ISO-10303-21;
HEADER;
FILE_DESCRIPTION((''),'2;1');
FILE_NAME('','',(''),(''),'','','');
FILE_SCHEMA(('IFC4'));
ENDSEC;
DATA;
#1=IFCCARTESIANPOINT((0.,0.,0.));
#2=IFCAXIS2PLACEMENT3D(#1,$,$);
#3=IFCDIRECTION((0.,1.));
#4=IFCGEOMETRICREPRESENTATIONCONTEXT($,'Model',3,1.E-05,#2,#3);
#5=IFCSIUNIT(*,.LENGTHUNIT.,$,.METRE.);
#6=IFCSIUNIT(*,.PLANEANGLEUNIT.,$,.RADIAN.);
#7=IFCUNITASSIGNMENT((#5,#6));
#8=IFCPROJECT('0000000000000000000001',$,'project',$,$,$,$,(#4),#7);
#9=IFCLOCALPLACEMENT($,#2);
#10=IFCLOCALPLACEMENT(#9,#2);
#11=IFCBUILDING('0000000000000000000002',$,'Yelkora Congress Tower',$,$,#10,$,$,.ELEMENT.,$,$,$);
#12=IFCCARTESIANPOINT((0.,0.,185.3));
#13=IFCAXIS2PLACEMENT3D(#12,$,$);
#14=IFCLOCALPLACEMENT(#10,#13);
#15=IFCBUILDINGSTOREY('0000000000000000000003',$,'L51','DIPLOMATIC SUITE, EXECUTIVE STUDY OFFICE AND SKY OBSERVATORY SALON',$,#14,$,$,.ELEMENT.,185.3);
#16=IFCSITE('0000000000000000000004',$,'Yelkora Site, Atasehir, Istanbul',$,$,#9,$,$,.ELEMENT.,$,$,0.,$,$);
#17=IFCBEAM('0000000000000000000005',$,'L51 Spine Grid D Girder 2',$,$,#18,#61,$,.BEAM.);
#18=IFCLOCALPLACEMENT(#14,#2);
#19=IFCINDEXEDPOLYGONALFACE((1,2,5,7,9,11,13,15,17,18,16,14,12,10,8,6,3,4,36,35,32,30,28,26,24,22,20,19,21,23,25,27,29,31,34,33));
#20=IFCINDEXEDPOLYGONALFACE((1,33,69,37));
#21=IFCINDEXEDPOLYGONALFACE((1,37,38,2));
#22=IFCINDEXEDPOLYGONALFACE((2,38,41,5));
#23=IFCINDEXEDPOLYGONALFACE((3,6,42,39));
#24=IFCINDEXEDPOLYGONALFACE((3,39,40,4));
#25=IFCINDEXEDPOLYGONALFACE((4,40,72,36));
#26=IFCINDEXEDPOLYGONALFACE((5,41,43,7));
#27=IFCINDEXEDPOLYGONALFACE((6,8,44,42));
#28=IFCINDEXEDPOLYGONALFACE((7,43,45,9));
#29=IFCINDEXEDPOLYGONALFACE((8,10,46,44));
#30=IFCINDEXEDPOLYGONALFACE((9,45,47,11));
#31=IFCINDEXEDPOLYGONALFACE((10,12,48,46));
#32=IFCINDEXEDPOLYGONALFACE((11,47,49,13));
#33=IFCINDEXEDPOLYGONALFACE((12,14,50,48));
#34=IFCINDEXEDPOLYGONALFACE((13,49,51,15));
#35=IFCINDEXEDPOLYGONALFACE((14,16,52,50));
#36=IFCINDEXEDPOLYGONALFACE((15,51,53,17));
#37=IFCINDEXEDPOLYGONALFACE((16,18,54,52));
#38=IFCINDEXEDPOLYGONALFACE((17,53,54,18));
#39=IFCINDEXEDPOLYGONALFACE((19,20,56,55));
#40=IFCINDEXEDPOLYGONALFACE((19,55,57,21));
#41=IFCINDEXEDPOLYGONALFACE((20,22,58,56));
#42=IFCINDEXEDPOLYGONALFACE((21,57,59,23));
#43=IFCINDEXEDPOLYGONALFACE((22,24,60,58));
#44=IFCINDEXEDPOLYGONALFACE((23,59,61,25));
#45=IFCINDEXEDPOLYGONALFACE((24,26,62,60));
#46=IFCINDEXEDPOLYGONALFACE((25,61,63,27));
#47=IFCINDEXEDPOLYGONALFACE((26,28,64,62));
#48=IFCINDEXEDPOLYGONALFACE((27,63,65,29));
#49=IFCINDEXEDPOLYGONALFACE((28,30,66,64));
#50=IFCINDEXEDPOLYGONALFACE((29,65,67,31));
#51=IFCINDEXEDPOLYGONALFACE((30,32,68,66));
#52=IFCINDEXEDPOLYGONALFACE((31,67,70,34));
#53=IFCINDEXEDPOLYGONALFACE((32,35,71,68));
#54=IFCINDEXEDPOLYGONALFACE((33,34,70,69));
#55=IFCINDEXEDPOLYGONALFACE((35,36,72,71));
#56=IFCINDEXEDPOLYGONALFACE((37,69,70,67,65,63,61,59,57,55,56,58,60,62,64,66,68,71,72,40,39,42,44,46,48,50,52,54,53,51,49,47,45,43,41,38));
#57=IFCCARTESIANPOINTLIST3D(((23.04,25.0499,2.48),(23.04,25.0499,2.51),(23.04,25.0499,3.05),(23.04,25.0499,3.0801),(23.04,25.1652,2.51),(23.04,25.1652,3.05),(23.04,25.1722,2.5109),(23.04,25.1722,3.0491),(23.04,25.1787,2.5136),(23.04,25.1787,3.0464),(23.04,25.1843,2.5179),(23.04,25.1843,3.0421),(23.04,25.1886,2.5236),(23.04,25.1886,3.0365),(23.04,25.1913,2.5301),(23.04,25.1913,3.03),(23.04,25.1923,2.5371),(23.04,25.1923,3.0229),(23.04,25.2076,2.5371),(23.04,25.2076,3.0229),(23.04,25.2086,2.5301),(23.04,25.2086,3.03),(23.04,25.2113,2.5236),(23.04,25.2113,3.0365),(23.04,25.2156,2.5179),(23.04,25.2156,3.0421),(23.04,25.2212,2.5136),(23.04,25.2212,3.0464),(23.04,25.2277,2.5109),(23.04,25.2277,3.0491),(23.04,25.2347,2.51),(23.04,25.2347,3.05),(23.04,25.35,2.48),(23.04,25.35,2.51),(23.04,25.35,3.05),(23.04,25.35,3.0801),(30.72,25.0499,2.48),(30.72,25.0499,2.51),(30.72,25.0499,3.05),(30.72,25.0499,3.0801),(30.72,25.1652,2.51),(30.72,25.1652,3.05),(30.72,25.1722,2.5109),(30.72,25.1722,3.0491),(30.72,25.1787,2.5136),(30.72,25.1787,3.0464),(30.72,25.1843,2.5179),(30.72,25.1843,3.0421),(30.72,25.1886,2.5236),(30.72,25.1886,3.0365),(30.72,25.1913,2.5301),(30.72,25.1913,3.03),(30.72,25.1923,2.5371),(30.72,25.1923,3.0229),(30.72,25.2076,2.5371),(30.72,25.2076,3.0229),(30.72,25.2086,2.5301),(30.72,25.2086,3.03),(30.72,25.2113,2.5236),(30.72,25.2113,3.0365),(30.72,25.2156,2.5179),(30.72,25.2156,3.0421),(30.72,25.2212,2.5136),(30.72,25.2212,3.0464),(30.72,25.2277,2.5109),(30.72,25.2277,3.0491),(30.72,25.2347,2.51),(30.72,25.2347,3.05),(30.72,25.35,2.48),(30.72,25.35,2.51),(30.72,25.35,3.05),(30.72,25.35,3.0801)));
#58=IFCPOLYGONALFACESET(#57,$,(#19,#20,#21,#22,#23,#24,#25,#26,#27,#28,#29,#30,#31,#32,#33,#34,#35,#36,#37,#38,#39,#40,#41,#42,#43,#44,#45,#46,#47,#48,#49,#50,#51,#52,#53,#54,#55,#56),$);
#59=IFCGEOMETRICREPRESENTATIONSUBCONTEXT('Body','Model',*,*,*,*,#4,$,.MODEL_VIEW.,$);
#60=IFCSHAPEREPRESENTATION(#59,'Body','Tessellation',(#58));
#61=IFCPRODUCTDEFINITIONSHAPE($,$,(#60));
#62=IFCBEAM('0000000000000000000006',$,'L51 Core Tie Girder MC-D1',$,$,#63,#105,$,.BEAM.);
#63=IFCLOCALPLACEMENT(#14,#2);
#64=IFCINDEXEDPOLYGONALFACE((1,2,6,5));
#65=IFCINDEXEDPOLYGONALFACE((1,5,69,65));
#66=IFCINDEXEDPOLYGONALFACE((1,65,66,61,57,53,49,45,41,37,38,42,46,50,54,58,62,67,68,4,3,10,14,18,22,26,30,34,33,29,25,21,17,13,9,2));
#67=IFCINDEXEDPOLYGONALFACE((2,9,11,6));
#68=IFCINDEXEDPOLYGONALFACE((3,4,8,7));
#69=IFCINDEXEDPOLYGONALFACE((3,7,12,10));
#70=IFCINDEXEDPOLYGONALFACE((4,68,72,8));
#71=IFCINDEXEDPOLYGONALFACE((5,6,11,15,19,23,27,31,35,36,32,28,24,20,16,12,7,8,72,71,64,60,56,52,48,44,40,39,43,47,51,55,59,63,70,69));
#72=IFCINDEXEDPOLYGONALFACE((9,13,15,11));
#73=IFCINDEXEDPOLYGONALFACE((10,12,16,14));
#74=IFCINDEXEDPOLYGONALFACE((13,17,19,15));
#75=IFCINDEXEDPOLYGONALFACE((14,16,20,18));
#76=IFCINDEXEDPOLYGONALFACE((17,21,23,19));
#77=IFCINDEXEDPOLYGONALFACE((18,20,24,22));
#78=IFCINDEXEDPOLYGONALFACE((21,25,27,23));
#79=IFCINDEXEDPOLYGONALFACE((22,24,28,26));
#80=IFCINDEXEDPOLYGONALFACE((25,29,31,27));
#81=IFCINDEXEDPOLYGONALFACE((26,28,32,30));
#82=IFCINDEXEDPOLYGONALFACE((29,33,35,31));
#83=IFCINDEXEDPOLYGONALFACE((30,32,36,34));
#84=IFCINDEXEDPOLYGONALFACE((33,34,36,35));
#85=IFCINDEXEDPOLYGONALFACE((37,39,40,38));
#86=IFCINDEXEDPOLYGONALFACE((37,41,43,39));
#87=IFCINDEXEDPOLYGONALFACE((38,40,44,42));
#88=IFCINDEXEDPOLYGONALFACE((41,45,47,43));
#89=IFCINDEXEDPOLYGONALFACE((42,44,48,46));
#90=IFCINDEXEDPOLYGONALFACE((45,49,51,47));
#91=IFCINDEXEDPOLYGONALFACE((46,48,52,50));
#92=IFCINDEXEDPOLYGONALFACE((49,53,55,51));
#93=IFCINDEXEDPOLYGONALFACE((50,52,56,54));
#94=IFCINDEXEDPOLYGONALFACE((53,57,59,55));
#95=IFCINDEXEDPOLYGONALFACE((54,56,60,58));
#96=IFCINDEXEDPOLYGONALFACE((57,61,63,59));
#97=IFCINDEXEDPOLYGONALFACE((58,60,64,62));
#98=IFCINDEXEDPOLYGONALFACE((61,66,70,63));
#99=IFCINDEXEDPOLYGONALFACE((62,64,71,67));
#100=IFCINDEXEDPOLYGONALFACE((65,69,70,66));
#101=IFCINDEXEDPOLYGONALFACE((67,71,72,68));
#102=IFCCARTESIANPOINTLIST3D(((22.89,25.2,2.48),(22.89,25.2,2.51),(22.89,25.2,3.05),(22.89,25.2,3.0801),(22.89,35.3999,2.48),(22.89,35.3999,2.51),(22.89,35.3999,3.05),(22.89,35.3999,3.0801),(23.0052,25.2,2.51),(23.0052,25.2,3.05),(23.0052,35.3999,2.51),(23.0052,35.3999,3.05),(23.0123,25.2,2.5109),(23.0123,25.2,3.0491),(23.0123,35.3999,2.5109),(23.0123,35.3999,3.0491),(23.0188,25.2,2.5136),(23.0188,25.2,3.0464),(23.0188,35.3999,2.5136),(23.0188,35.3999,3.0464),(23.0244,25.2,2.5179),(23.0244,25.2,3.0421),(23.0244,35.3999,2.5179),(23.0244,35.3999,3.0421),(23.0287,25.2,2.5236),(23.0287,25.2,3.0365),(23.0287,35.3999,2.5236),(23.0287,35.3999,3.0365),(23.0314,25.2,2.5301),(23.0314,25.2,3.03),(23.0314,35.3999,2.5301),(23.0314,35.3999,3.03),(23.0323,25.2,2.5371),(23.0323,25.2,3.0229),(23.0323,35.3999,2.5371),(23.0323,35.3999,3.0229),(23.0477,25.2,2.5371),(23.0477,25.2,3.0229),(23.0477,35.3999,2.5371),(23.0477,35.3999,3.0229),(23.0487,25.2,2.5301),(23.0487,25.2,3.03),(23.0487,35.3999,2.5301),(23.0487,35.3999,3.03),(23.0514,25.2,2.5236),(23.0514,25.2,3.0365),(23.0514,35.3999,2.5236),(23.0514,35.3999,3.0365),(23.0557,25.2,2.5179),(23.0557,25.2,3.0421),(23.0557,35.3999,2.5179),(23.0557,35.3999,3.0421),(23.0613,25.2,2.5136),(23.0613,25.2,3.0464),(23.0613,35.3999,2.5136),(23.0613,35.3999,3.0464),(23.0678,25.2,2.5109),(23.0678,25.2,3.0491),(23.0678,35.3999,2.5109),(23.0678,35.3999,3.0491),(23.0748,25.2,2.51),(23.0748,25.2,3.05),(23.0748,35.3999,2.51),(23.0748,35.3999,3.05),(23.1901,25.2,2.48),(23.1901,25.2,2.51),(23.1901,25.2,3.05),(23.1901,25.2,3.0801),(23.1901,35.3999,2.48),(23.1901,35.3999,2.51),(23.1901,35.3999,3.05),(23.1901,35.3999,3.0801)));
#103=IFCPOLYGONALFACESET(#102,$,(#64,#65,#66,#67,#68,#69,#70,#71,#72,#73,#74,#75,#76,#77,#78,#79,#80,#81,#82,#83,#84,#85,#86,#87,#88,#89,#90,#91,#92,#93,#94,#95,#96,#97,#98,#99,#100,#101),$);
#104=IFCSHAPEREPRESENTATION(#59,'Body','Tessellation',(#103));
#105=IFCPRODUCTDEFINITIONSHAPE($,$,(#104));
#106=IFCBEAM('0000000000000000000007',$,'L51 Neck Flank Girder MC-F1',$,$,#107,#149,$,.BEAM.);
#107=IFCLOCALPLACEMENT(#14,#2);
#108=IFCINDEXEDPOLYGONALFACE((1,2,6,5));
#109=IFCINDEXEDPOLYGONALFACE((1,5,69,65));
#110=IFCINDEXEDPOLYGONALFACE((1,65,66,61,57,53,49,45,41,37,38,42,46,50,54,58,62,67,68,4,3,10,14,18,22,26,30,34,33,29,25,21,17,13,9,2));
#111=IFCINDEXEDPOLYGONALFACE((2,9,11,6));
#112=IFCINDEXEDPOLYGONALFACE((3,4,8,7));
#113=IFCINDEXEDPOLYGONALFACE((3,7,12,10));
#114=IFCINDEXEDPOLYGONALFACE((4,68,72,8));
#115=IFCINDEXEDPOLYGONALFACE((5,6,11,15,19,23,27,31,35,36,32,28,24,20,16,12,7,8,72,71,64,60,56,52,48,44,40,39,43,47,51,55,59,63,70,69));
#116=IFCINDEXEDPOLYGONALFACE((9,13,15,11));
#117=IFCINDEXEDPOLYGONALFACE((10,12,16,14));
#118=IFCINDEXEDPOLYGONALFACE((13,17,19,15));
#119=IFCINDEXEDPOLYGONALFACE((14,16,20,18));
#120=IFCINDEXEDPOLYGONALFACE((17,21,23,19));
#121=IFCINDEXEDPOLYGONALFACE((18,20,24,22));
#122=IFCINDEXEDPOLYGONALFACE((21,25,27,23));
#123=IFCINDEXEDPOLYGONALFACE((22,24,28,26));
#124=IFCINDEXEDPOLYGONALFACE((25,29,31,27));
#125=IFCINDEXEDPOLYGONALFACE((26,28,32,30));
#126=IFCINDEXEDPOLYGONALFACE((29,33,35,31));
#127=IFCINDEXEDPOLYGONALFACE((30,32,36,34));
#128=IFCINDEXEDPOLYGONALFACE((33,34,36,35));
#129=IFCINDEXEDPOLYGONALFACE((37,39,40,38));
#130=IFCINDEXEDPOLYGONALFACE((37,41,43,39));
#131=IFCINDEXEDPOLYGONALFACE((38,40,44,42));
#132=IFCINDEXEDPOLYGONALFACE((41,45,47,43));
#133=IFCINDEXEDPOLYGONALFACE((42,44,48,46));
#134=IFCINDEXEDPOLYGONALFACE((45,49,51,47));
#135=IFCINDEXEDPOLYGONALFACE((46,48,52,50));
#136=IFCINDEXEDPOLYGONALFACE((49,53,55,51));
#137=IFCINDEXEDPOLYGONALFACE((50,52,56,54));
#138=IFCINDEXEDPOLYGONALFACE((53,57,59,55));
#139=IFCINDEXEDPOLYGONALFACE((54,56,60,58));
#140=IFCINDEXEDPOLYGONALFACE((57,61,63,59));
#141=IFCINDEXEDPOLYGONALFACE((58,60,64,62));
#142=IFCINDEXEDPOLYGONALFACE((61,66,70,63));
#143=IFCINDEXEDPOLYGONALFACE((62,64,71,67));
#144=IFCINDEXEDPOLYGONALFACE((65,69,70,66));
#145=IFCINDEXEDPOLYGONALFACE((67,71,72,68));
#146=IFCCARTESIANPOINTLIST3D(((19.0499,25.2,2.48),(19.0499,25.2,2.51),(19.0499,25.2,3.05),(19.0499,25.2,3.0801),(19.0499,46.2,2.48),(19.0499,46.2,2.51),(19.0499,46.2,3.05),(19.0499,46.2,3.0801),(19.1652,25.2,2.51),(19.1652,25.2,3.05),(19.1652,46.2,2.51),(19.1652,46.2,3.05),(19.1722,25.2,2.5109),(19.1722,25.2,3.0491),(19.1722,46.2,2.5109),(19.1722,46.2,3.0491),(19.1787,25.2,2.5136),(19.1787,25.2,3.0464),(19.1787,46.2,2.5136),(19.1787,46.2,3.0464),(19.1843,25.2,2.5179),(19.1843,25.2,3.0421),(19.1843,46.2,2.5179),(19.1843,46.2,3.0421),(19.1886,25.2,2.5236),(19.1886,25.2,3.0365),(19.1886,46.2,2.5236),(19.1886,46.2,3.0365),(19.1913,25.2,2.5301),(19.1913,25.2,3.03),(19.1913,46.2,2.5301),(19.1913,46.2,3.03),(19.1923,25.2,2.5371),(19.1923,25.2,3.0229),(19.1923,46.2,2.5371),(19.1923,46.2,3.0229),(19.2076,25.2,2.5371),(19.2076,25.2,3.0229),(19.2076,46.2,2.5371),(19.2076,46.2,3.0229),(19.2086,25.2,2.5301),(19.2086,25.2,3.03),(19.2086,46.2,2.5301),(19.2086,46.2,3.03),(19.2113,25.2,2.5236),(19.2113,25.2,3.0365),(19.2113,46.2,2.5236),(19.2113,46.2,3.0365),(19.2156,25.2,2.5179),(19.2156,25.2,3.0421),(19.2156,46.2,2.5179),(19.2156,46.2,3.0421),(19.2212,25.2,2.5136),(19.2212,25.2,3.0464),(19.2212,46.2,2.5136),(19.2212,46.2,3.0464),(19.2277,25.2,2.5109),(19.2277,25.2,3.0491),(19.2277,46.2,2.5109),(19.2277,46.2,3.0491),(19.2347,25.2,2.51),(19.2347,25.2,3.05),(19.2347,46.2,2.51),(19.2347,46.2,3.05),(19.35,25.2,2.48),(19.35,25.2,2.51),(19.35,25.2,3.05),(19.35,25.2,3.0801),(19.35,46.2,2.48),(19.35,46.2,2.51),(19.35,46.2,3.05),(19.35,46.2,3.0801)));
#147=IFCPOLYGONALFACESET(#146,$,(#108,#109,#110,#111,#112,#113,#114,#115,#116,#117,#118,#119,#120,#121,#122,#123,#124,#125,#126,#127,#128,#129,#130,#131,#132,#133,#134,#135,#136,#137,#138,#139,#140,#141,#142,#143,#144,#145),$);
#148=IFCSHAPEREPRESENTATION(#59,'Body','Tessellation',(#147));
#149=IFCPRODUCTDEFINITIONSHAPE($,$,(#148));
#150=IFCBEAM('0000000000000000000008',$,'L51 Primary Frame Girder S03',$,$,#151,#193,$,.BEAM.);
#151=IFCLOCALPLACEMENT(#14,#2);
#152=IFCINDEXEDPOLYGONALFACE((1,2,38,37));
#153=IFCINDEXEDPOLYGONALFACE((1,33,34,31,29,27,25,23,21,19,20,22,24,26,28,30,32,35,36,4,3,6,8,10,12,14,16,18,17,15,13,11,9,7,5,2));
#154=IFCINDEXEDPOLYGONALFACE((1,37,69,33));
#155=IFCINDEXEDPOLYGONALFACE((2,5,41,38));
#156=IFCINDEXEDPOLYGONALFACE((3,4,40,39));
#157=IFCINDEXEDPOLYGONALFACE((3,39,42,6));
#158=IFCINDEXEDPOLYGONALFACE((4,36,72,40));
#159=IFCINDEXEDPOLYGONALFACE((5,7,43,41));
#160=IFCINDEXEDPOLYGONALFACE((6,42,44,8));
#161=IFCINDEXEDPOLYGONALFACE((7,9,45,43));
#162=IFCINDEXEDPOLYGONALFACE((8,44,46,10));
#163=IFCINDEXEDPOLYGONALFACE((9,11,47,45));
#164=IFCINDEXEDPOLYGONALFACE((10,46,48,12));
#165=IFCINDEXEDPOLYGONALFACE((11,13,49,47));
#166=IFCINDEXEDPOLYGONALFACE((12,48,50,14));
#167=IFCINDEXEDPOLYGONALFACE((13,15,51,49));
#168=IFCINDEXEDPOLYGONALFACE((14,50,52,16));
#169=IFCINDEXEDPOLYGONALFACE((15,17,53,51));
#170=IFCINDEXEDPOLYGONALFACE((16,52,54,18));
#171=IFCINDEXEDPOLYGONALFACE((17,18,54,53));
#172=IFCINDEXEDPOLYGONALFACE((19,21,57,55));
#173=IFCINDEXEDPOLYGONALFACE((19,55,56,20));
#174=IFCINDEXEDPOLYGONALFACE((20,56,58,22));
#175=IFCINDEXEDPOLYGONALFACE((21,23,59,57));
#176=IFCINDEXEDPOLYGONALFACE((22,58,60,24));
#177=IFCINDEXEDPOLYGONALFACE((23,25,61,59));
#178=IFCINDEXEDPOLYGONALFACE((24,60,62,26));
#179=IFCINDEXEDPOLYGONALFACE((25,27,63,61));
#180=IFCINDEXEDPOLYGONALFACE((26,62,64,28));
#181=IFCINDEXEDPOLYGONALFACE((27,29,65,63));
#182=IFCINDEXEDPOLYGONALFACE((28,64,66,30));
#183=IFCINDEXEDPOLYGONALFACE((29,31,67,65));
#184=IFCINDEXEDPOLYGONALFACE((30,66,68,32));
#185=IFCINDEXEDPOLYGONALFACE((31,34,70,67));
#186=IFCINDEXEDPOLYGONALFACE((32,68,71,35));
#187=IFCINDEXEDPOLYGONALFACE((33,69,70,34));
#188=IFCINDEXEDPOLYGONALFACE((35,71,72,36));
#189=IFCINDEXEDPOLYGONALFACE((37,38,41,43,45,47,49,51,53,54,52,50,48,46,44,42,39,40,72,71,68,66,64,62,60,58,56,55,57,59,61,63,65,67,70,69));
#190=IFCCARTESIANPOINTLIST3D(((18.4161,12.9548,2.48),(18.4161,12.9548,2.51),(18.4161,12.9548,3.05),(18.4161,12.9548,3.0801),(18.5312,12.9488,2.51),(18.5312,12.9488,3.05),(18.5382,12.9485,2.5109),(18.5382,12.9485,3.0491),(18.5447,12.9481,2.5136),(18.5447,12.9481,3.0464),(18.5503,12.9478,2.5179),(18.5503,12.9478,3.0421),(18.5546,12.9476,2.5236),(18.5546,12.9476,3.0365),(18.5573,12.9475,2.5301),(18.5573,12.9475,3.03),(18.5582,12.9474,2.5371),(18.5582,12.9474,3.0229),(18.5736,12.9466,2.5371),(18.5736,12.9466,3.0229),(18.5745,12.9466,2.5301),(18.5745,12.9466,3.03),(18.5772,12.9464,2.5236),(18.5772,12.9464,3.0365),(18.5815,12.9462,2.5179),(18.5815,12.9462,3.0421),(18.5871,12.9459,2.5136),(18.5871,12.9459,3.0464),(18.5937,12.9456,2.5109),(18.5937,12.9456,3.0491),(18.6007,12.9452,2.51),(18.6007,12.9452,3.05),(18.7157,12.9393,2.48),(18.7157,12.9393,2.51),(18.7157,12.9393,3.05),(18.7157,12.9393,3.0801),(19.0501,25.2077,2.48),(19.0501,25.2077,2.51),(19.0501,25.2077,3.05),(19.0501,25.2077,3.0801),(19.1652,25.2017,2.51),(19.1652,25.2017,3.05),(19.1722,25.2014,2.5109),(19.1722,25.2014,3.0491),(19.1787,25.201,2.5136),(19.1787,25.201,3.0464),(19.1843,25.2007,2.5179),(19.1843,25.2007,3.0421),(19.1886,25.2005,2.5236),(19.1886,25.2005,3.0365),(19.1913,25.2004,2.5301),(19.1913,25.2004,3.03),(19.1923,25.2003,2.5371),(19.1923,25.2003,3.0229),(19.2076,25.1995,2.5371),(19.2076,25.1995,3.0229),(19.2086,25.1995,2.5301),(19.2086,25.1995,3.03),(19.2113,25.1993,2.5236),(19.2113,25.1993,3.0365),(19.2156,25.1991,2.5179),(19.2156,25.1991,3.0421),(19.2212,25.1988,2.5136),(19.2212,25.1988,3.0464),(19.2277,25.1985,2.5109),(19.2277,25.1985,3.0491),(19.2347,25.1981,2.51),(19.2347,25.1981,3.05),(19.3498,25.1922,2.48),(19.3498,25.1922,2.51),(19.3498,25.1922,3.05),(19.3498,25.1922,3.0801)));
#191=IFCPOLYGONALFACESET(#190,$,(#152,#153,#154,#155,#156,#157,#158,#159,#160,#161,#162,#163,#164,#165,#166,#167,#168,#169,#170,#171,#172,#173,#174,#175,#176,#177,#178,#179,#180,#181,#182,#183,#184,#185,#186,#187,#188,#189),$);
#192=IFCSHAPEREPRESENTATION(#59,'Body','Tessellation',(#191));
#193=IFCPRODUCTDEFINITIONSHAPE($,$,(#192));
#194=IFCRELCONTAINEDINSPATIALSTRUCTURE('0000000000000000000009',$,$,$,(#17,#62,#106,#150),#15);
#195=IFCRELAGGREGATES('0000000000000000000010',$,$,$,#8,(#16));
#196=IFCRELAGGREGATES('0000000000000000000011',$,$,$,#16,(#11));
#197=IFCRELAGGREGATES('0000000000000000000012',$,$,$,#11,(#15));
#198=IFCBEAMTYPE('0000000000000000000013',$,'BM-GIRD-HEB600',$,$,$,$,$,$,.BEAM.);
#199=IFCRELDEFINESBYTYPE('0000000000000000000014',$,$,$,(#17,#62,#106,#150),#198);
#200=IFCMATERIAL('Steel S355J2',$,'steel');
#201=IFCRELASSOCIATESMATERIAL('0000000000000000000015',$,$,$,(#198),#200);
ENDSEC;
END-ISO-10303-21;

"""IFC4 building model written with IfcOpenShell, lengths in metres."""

from ifc_helpers import new_model, si_unit, direction, frame, origin, origin_2d, place, context, subcontext, project, spatial, i_section, extrude, material, material_profile, profile_set, type_object, element, save


model = new_model("IFC4")

# Units and contexts
model_context = context("Model", 3, precision=1e-05, world=origin(), true_north=direction((0.0, 1.0)))
body_context = subcontext(model_context, "Body", "Model", "MODEL_VIEW")
ifc_project = project(units=[si_unit("LENGTHUNIT", "METRE"), si_unit("PLANEANGLEUNIT", "RADIAN")], contexts=[model_context])

# Site, building, storey
site_placement = place(None, origin())
site = spatial("IfcSite", under=ifc_project, at=site_placement, Name="Yelkora Site, Atasehir, Istanbul", CompositionType="ELEMENT", RefElevation=0.0)
building_placement = place(site_placement, origin())
building = spatial("IfcBuilding", under=site, at=building_placement, Name="Yelkora Congress Tower", CompositionType="ELEMENT")
storey_placement = place(building_placement, frame((0.0, 0.0, 185.3)))
storey = spatial("IfcBuildingStorey", under=building, at=storey_placement, Name="L51", Description="DIPLOMATIC SUITE, EXECUTIVE STUDY OFFICE AND SKY OBSERVATORY SALON", CompositionType="ELEMENT", Elevation=185.3)

# Beams
ifc_material_1 = material(Name="Steel S355J2", Category="steel")
ifc_material_profile_1 = material_profile(ifc_material_1, i_section(OverallWidth=0.3, OverallDepth=0.6001, WebThickness=0.0154, FlangeThickness=0.03, FilletRadius=0.0271, at=origin_2d()), Name="HEB 600")
ifc_profile_set_1 = profile_set([ifc_material_profile_1], Name="Steel S355J2")
beam_type_1 = type_object("IfcBeamType", Name="BM-GIRD-HEB600", PredefinedType="BEAM", material=ifc_profile_set_1)
beam_1_placement = place(storey_placement, frame((23.04, 25.2, 2.78), z_axis=(1.0, 0.0, 0.0), x_axis=(0.0, 1.0, 0.0)))
element("IfcBeam", 1, at=beam_1_placement, inside=storey, type_object=beam_type_1, Name="L51 Spine Grid D Girder 2", PredefinedType="BEAM", context=body_context, shape_type="SweptSolid", body=[
    extrude(i_section(OverallWidth=0.3, OverallDepth=0.6001, WebThickness=0.0154, FlangeThickness=0.03, FilletRadius=0.0271, at=origin_2d()), origin(), (0.0, 0.0, 1.0), 7.6799),
])
beam_2_placement = place(storey_placement, frame((23.04, 25.2, 2.78), z_axis=(0.0, 1.0, 0.0), x_axis=(-1.0, 0.0, 0.0)))
element("IfcBeam", 2, at=beam_2_placement, inside=storey, type_object=beam_type_1, Name="L51 Core Tie Girder MC-D1", PredefinedType="BEAM", context=body_context, shape_type="SweptSolid", body=[
    extrude(i_section(OverallWidth=0.3, OverallDepth=0.6001, WebThickness=0.0154, FlangeThickness=0.03, FilletRadius=0.0271, at=origin_2d()), origin(), (0.0, 0.0, 1.0), 10.2),
])
beam_3_placement = place(storey_placement, frame((19.2, 25.2, 2.78), z_axis=(0.0, 1.0, 0.0), x_axis=(-1.0, 0.0, 0.0)))
element("IfcBeam", 3, at=beam_3_placement, inside=storey, type_object=beam_type_1, Name="L51 Neck Flank Girder MC-F1", PredefinedType="BEAM", context=body_context, shape_type="SweptSolid", body=[
    extrude(i_section(OverallWidth=0.3, OverallDepth=0.6001, WebThickness=0.0154, FlangeThickness=0.03, FilletRadius=0.0271, at=origin_2d()), origin(), (0.0, 0.0, 1.0), 21.0),
])
beam_4_placement = place(storey_placement, frame((18.5659, 12.947, 2.78), z_axis=(0.051676, 0.998664, 0.0), x_axis=(-0.998664, 0.051676, 0.0)))
element("IfcBeam", 4, at=beam_4_placement, inside=storey, type_object=beam_type_1, Name="L51 Primary Frame Girder S03", PredefinedType="BEAM", context=body_context, shape_type="SweptSolid", body=[
    extrude(i_section(OverallWidth=0.3, OverallDepth=0.6001, WebThickness=0.0154, FlangeThickness=0.03, FilletRadius=0.0271, at=origin_2d()), origin(), (0.0, 0.0, 1.0), 12.2693),
])

save(model, "model.ifc")
